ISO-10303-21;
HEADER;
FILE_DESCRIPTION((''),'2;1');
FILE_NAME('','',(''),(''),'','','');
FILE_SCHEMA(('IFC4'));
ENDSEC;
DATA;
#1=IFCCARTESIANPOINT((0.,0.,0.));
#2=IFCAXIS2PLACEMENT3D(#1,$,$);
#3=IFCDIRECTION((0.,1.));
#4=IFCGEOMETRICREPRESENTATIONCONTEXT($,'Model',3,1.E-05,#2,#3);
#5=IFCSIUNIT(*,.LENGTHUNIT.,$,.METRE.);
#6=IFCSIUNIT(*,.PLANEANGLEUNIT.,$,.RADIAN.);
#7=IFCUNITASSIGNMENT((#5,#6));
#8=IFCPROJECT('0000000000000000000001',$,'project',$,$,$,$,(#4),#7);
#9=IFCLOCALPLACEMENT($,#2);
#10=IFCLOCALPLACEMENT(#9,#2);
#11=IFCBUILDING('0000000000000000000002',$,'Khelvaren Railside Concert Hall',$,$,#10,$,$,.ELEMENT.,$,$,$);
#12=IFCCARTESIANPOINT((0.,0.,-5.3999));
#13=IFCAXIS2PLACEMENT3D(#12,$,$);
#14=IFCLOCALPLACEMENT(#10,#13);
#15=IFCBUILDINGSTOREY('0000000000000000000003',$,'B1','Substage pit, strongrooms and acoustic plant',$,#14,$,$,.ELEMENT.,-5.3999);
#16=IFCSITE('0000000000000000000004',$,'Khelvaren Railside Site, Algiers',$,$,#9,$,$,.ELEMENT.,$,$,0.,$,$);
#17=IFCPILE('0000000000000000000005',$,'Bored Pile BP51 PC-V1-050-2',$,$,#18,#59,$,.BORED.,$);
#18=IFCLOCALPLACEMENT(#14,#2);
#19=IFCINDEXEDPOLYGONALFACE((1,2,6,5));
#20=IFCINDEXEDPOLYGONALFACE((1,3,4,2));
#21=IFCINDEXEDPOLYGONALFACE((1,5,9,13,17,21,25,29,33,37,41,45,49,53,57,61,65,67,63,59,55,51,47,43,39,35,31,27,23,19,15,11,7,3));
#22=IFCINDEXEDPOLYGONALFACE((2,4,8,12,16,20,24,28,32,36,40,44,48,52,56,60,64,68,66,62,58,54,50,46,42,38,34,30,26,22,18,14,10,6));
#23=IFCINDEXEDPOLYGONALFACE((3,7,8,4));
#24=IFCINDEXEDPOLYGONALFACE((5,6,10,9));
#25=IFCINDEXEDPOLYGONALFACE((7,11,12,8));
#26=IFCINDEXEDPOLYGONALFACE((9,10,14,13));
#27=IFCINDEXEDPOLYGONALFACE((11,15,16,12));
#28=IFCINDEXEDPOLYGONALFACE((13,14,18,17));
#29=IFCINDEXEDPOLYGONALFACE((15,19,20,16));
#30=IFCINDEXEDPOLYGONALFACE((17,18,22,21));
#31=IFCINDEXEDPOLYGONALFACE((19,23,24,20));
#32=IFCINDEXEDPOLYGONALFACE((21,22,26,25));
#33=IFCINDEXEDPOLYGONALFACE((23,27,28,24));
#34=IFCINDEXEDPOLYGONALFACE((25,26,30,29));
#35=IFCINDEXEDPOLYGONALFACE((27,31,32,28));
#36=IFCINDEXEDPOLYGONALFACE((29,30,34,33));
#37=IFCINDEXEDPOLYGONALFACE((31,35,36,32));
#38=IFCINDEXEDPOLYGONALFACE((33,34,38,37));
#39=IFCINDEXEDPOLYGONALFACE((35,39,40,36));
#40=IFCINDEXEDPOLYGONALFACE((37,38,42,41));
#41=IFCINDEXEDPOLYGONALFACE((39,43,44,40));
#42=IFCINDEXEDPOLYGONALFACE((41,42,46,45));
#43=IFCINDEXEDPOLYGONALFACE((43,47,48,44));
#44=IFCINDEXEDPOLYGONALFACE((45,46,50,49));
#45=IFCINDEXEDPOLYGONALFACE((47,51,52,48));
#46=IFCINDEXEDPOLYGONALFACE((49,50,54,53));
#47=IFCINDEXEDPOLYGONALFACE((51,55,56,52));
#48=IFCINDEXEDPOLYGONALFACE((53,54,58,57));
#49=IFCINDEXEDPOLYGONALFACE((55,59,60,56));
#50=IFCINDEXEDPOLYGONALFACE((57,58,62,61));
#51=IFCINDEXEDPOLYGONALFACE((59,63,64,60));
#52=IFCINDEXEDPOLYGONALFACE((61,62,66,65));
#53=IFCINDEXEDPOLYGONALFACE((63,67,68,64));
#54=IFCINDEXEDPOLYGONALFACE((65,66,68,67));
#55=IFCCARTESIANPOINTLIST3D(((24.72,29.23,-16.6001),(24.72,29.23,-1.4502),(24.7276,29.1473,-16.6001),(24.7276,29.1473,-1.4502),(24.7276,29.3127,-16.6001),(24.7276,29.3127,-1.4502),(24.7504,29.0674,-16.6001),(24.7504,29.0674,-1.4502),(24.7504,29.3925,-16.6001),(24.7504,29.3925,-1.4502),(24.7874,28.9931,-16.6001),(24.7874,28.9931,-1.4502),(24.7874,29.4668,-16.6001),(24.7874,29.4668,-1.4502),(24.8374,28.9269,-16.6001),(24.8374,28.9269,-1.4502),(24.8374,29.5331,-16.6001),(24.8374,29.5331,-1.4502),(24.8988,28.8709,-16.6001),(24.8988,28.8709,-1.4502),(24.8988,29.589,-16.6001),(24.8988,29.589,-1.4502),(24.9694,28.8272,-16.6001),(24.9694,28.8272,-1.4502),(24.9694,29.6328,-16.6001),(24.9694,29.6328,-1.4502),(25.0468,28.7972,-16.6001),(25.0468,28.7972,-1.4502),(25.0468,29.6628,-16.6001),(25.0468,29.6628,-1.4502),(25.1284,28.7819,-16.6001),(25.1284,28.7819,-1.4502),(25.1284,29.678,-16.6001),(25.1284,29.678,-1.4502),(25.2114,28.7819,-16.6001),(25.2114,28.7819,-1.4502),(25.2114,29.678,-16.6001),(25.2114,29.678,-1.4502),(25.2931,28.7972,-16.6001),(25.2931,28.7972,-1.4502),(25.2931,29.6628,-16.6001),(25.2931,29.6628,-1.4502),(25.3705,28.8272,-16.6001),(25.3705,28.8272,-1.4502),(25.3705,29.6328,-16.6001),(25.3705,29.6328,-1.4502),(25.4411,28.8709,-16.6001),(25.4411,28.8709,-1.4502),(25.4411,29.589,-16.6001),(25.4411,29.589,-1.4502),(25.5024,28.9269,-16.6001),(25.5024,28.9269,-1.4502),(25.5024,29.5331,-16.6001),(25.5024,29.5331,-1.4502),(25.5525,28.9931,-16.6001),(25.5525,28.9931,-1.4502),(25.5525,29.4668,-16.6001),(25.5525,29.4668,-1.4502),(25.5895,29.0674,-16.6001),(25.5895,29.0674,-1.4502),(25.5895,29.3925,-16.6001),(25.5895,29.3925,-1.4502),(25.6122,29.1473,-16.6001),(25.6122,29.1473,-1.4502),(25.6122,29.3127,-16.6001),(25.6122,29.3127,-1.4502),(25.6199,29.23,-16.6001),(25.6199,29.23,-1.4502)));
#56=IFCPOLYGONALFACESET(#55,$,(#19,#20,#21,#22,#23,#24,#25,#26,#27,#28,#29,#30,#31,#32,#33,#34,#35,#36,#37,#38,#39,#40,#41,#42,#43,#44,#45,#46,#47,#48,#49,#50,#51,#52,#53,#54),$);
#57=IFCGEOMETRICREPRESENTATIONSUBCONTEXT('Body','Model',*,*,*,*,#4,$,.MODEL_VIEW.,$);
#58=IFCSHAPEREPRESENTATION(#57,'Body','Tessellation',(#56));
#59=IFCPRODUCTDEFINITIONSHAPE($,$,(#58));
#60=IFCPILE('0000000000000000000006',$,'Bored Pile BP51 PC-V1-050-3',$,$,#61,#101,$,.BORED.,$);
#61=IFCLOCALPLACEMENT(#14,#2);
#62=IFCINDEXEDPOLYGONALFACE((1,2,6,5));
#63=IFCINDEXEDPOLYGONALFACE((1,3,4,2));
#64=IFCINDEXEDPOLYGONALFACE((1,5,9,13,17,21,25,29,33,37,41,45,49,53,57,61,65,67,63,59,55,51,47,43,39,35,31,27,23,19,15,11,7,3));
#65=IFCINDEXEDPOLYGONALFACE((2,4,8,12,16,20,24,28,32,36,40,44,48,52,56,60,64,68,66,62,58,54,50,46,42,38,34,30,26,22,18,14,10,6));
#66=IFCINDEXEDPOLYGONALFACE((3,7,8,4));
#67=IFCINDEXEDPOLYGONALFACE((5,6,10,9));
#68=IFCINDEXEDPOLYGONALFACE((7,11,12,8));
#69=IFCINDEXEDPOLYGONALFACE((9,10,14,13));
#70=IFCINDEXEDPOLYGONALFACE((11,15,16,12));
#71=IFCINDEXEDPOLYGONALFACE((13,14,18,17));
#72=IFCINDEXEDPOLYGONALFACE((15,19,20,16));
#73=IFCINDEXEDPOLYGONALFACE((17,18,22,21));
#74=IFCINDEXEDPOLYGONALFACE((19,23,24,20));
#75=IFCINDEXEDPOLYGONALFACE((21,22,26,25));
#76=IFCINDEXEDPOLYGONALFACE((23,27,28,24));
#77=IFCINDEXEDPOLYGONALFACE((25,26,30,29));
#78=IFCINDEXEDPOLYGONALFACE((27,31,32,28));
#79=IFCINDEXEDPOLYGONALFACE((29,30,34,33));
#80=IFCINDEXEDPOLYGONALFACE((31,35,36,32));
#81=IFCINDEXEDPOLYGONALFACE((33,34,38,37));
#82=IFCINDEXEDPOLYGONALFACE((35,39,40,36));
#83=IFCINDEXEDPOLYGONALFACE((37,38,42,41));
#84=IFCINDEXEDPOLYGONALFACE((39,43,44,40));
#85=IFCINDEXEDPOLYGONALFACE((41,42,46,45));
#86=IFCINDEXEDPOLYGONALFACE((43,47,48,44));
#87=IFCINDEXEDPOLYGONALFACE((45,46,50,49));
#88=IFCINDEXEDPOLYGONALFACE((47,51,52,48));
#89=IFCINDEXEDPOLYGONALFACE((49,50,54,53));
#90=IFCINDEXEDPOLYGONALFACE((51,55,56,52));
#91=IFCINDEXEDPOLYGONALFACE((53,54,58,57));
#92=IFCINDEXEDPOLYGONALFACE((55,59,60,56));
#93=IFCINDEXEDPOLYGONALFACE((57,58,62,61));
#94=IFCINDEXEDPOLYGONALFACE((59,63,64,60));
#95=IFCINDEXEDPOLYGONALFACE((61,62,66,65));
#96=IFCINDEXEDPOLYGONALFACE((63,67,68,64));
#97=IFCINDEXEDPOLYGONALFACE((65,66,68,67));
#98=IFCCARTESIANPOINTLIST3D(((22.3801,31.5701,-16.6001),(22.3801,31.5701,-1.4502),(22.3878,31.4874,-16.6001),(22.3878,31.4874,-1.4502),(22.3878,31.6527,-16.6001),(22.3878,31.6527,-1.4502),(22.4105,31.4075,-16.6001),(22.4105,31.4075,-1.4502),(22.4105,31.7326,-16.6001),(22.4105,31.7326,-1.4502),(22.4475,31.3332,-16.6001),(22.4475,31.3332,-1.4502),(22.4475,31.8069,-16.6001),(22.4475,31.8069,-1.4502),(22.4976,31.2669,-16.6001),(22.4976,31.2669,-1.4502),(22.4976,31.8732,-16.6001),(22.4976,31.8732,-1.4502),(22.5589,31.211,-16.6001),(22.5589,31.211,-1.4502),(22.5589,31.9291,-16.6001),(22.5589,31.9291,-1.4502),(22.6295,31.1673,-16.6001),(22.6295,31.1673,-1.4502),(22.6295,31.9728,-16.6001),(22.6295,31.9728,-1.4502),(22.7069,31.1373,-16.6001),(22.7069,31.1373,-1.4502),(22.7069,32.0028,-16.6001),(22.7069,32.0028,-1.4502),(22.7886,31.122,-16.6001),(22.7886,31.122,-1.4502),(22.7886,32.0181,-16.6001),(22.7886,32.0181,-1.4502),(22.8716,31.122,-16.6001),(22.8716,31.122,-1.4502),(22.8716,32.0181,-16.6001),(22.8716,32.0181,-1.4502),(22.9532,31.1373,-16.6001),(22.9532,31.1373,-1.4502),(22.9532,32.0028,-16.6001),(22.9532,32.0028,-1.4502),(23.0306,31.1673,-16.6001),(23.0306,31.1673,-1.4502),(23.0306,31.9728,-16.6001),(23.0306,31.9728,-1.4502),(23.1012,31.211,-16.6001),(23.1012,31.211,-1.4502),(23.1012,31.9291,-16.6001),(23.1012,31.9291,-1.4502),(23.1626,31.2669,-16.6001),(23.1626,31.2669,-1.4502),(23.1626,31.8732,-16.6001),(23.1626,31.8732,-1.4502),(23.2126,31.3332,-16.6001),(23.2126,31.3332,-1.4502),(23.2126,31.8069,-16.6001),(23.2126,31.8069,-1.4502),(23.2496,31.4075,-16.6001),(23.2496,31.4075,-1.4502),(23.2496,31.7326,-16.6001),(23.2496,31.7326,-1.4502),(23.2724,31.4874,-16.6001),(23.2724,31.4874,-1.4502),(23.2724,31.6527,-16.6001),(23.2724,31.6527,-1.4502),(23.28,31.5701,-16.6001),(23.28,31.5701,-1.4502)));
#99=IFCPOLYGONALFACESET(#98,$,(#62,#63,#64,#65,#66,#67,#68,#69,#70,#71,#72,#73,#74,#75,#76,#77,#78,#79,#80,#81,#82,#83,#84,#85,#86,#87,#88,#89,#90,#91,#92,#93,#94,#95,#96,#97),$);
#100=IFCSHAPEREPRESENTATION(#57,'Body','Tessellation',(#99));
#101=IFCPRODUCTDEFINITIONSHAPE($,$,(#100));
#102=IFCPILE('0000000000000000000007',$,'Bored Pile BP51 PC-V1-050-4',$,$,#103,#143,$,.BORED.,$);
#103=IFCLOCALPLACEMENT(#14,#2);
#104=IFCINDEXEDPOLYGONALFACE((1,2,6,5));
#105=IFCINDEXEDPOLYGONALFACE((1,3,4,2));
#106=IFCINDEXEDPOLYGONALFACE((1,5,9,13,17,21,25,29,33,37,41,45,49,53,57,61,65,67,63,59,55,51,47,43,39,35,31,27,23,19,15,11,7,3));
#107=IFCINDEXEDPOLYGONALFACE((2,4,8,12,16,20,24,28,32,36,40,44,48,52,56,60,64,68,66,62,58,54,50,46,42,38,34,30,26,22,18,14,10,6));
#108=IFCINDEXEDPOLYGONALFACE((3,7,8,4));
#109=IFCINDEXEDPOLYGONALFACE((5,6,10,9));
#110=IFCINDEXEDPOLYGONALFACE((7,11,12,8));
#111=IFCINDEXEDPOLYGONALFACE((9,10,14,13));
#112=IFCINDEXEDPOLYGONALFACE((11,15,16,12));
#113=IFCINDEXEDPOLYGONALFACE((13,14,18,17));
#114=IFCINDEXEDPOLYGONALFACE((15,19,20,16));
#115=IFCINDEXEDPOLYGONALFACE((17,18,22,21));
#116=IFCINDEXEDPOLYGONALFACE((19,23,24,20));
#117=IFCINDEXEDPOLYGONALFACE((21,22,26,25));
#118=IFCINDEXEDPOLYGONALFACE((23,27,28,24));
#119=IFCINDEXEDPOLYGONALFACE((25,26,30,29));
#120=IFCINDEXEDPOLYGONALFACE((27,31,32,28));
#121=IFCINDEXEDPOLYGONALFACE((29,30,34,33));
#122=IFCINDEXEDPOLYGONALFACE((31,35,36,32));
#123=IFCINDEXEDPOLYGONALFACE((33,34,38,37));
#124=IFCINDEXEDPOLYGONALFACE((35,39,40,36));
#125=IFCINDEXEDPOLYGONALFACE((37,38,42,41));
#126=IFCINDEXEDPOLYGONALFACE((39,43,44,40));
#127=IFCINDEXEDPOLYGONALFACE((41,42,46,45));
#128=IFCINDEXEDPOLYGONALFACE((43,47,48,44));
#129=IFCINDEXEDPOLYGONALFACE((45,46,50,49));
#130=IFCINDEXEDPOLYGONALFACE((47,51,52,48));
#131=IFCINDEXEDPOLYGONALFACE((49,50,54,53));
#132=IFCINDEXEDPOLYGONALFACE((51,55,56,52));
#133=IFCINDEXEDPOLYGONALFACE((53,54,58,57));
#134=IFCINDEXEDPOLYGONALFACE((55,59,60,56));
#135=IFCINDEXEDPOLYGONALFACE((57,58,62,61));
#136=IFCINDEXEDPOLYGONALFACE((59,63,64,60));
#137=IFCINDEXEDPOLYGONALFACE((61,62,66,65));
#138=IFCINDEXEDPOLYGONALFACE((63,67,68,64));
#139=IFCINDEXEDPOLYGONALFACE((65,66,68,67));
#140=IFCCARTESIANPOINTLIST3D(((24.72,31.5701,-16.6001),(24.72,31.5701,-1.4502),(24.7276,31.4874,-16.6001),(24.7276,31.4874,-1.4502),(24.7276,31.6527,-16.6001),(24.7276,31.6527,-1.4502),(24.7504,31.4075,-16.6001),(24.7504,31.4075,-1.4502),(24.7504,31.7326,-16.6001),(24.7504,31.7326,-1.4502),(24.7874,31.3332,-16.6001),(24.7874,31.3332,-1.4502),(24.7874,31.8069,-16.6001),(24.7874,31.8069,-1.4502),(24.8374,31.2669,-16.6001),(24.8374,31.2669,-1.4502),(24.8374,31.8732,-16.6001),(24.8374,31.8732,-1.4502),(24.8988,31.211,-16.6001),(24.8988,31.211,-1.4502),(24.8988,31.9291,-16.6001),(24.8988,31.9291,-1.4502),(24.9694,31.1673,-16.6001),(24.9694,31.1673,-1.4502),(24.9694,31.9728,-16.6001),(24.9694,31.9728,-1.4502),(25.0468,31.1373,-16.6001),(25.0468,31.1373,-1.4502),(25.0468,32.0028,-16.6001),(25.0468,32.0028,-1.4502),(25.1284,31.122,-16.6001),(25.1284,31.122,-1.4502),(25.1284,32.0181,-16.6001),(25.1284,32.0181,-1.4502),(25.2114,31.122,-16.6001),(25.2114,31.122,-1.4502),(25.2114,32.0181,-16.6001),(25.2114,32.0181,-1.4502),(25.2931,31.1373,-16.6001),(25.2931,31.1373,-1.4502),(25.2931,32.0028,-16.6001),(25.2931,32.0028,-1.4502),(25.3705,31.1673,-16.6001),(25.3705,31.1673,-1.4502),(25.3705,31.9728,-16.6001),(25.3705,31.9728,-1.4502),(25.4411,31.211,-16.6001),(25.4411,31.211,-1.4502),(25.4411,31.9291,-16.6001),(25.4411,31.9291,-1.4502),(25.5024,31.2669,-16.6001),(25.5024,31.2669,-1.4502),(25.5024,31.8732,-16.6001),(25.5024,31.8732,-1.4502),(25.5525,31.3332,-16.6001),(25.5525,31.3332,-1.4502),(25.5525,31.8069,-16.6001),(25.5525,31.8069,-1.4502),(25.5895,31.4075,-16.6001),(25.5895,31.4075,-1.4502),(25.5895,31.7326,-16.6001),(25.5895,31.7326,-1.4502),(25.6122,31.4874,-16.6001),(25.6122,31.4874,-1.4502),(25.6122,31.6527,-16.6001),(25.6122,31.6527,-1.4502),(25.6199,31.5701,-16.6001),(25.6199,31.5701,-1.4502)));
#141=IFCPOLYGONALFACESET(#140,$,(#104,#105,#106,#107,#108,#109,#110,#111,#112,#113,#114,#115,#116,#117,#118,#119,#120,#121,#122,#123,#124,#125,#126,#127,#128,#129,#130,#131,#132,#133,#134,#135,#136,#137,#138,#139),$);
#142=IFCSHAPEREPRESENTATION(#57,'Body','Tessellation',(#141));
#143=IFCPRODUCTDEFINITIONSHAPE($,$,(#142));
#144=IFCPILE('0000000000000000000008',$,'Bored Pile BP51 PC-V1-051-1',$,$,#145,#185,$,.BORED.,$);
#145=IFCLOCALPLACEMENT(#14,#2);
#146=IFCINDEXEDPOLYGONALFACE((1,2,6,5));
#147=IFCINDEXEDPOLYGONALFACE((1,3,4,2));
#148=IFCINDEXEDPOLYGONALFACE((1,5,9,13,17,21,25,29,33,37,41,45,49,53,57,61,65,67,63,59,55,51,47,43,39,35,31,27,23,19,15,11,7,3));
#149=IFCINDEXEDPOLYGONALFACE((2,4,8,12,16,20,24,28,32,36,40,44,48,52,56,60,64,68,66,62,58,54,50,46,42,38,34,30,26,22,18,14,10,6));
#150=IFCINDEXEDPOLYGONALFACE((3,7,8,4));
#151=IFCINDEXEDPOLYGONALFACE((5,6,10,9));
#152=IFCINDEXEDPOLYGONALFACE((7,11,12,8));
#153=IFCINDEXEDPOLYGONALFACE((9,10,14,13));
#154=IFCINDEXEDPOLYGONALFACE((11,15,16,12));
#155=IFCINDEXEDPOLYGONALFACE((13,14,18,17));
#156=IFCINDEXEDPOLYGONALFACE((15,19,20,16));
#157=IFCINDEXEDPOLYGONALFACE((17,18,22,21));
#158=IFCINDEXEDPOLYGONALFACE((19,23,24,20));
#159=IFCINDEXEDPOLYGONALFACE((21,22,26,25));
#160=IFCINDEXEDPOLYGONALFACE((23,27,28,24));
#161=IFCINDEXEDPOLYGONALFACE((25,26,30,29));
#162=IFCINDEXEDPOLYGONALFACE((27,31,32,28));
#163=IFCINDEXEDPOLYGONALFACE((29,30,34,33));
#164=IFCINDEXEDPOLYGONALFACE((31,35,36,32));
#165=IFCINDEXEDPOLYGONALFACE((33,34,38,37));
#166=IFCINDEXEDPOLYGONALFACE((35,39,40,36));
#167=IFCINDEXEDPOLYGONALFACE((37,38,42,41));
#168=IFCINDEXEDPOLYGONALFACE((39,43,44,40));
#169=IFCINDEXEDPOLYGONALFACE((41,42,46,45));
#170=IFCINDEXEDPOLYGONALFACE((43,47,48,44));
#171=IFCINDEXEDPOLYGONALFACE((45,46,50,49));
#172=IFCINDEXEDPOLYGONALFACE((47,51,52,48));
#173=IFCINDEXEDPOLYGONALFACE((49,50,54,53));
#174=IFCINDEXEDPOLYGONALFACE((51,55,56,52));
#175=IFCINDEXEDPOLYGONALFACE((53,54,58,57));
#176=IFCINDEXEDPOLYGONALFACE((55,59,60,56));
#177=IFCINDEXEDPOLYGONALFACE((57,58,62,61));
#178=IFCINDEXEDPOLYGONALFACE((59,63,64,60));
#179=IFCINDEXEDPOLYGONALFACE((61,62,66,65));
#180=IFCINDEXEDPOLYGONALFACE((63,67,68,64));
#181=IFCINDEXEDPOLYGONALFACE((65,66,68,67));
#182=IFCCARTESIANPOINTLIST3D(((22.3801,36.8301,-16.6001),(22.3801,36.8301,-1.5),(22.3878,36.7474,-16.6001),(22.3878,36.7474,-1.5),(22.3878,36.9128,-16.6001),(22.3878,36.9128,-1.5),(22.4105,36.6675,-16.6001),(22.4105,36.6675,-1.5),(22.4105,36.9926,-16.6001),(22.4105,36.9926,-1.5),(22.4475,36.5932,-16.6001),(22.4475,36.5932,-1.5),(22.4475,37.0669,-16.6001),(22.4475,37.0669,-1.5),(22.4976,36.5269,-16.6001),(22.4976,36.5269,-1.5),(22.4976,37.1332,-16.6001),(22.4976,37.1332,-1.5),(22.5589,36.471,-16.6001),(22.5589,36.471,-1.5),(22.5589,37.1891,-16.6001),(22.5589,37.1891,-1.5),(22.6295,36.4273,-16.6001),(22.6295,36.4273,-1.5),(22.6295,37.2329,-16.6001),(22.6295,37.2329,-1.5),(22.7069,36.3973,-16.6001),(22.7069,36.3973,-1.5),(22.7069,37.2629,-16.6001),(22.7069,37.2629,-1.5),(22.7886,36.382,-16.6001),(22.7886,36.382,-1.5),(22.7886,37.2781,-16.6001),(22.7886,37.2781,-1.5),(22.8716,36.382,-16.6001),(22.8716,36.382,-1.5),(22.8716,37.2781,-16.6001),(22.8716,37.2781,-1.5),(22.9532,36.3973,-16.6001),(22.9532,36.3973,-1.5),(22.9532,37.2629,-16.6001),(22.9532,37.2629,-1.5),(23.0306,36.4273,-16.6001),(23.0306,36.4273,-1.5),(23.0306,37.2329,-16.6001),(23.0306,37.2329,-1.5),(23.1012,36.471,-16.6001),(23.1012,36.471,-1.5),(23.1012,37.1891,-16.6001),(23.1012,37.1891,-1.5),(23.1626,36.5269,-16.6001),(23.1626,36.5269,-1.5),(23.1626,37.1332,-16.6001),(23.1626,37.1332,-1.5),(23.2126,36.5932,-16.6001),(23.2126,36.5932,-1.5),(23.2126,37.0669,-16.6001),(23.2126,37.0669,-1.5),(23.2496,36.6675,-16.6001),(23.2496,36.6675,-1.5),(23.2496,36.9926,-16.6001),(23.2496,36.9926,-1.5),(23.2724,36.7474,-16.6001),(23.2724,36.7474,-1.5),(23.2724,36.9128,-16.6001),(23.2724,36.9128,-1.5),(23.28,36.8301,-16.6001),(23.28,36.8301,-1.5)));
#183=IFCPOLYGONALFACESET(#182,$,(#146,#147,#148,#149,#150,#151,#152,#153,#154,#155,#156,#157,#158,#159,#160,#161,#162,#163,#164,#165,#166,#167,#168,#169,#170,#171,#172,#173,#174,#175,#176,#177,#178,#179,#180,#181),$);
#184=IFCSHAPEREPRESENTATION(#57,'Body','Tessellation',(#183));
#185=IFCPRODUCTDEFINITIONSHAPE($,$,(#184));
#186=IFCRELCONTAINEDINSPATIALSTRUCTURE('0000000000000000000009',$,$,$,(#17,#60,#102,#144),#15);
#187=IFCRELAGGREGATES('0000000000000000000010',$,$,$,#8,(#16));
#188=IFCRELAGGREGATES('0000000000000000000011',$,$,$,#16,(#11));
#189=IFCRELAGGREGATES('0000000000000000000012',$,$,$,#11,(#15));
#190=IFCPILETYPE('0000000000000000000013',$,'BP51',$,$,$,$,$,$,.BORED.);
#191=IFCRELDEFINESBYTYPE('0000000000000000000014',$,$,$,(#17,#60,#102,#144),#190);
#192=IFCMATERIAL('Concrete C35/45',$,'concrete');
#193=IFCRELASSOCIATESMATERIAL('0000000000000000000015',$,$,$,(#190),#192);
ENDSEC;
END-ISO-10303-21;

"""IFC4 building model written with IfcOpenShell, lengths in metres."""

from ifc_helpers import new_model, si_unit, direction, frame, origin, origin_2d, place, context, subcontext, project, spatial, circle, extrude, material, material_profile, profile_set, type_object, element, save


model = new_model("IFC4")

# Units and contexts
model_context = context("Model", 3, precision=1e-05, world=origin(), true_north=direction((0.0, 1.0)))
body_context = subcontext(model_context, "Body", "Model", "MODEL_VIEW")
ifc_project = project(units=[si_unit("LENGTHUNIT", "METRE"), si_unit("PLANEANGLEUNIT", "RADIAN")], contexts=[model_context])

# Site, building, storey
site_placement = place(None, origin())
site = spatial("IfcSite", under=ifc_project, at=site_placement, Name="Khelvaren Railside Site, Algiers", CompositionType="ELEMENT", RefElevation=0.0)
building_placement = place(site_placement, origin())
building = spatial("IfcBuilding", under=site, at=building_placement, Name="Khelvaren Railside Concert Hall", CompositionType="ELEMENT")
storey_placement = place(building_placement, frame((0.0, 0.0, -5.3999)))
storey = spatial("IfcBuildingStorey", under=building, at=storey_placement, Name="B1", Description="Substage pit, strongrooms and acoustic plant", CompositionType="ELEMENT", Elevation=-5.3999)

# Piles
ifc_material_1 = material(Name="Concrete C35/45", Category="concrete")
ifc_material_profile_1 = material_profile(ifc_material_1, circle(Radius=0.45, at=origin_2d()), Name="BP D900")
ifc_profile_set_1 = profile_set([ifc_material_profile_1], Name="Concrete C35/45")
pile_type = type_object("IfcPileType", Name="BP51", PredefinedType="BORED", material=ifc_profile_set_1)
for number, where, z_axis, x_axis, name in (
    (1, (25.1699, 29.23, -1.4502), (0.0, 0.0, -1.0), (1.0, 0.0, 0.0), "Bored Pile BP51 PC-V1-050-2"),
    (2, (22.8301, 31.5701, -1.4502), (0.0, 0.0, -1.0), (1.0, 0.0, 0.0), "Bored Pile BP51 PC-V1-050-3"),
    (3, (25.1699, 31.5701, -1.4502), (0.0, 0.0, -1.0), (1.0, 0.0, 0.0), "Bored Pile BP51 PC-V1-050-4"),
):
    element("IfcPile", number, at=place(storey_placement, frame(where, z_axis=z_axis, x_axis=x_axis)), inside=storey, type_object=pile_type, Name=name, PredefinedType="BORED", context=body_context, shape_type="SweptSolid", body=[
        extrude(circle(Radius=0.45, at=origin_2d()), origin(), (0.0, 0.0, 1.0), 15.1499),
    ])
for number, where, z_axis, x_axis, name in (
    (4, (22.8301, 36.8301, -1.5), (0.0, 0.0, -1.0), (1.0, 0.0, 0.0), "Bored Pile BP51 PC-V1-051-1"),
):
    element("IfcPile", number, at=place(storey_placement, frame(where, z_axis=z_axis, x_axis=x_axis)), inside=storey, type_object=pile_type, Name=name, PredefinedType="BORED", context=body_context, shape_type="SweptSolid", body=[
        extrude(circle(Radius=0.45, at=origin_2d()), origin(), (0.0, 0.0, 1.0), 15.1001),
    ])

save(model, "model.ifc")
